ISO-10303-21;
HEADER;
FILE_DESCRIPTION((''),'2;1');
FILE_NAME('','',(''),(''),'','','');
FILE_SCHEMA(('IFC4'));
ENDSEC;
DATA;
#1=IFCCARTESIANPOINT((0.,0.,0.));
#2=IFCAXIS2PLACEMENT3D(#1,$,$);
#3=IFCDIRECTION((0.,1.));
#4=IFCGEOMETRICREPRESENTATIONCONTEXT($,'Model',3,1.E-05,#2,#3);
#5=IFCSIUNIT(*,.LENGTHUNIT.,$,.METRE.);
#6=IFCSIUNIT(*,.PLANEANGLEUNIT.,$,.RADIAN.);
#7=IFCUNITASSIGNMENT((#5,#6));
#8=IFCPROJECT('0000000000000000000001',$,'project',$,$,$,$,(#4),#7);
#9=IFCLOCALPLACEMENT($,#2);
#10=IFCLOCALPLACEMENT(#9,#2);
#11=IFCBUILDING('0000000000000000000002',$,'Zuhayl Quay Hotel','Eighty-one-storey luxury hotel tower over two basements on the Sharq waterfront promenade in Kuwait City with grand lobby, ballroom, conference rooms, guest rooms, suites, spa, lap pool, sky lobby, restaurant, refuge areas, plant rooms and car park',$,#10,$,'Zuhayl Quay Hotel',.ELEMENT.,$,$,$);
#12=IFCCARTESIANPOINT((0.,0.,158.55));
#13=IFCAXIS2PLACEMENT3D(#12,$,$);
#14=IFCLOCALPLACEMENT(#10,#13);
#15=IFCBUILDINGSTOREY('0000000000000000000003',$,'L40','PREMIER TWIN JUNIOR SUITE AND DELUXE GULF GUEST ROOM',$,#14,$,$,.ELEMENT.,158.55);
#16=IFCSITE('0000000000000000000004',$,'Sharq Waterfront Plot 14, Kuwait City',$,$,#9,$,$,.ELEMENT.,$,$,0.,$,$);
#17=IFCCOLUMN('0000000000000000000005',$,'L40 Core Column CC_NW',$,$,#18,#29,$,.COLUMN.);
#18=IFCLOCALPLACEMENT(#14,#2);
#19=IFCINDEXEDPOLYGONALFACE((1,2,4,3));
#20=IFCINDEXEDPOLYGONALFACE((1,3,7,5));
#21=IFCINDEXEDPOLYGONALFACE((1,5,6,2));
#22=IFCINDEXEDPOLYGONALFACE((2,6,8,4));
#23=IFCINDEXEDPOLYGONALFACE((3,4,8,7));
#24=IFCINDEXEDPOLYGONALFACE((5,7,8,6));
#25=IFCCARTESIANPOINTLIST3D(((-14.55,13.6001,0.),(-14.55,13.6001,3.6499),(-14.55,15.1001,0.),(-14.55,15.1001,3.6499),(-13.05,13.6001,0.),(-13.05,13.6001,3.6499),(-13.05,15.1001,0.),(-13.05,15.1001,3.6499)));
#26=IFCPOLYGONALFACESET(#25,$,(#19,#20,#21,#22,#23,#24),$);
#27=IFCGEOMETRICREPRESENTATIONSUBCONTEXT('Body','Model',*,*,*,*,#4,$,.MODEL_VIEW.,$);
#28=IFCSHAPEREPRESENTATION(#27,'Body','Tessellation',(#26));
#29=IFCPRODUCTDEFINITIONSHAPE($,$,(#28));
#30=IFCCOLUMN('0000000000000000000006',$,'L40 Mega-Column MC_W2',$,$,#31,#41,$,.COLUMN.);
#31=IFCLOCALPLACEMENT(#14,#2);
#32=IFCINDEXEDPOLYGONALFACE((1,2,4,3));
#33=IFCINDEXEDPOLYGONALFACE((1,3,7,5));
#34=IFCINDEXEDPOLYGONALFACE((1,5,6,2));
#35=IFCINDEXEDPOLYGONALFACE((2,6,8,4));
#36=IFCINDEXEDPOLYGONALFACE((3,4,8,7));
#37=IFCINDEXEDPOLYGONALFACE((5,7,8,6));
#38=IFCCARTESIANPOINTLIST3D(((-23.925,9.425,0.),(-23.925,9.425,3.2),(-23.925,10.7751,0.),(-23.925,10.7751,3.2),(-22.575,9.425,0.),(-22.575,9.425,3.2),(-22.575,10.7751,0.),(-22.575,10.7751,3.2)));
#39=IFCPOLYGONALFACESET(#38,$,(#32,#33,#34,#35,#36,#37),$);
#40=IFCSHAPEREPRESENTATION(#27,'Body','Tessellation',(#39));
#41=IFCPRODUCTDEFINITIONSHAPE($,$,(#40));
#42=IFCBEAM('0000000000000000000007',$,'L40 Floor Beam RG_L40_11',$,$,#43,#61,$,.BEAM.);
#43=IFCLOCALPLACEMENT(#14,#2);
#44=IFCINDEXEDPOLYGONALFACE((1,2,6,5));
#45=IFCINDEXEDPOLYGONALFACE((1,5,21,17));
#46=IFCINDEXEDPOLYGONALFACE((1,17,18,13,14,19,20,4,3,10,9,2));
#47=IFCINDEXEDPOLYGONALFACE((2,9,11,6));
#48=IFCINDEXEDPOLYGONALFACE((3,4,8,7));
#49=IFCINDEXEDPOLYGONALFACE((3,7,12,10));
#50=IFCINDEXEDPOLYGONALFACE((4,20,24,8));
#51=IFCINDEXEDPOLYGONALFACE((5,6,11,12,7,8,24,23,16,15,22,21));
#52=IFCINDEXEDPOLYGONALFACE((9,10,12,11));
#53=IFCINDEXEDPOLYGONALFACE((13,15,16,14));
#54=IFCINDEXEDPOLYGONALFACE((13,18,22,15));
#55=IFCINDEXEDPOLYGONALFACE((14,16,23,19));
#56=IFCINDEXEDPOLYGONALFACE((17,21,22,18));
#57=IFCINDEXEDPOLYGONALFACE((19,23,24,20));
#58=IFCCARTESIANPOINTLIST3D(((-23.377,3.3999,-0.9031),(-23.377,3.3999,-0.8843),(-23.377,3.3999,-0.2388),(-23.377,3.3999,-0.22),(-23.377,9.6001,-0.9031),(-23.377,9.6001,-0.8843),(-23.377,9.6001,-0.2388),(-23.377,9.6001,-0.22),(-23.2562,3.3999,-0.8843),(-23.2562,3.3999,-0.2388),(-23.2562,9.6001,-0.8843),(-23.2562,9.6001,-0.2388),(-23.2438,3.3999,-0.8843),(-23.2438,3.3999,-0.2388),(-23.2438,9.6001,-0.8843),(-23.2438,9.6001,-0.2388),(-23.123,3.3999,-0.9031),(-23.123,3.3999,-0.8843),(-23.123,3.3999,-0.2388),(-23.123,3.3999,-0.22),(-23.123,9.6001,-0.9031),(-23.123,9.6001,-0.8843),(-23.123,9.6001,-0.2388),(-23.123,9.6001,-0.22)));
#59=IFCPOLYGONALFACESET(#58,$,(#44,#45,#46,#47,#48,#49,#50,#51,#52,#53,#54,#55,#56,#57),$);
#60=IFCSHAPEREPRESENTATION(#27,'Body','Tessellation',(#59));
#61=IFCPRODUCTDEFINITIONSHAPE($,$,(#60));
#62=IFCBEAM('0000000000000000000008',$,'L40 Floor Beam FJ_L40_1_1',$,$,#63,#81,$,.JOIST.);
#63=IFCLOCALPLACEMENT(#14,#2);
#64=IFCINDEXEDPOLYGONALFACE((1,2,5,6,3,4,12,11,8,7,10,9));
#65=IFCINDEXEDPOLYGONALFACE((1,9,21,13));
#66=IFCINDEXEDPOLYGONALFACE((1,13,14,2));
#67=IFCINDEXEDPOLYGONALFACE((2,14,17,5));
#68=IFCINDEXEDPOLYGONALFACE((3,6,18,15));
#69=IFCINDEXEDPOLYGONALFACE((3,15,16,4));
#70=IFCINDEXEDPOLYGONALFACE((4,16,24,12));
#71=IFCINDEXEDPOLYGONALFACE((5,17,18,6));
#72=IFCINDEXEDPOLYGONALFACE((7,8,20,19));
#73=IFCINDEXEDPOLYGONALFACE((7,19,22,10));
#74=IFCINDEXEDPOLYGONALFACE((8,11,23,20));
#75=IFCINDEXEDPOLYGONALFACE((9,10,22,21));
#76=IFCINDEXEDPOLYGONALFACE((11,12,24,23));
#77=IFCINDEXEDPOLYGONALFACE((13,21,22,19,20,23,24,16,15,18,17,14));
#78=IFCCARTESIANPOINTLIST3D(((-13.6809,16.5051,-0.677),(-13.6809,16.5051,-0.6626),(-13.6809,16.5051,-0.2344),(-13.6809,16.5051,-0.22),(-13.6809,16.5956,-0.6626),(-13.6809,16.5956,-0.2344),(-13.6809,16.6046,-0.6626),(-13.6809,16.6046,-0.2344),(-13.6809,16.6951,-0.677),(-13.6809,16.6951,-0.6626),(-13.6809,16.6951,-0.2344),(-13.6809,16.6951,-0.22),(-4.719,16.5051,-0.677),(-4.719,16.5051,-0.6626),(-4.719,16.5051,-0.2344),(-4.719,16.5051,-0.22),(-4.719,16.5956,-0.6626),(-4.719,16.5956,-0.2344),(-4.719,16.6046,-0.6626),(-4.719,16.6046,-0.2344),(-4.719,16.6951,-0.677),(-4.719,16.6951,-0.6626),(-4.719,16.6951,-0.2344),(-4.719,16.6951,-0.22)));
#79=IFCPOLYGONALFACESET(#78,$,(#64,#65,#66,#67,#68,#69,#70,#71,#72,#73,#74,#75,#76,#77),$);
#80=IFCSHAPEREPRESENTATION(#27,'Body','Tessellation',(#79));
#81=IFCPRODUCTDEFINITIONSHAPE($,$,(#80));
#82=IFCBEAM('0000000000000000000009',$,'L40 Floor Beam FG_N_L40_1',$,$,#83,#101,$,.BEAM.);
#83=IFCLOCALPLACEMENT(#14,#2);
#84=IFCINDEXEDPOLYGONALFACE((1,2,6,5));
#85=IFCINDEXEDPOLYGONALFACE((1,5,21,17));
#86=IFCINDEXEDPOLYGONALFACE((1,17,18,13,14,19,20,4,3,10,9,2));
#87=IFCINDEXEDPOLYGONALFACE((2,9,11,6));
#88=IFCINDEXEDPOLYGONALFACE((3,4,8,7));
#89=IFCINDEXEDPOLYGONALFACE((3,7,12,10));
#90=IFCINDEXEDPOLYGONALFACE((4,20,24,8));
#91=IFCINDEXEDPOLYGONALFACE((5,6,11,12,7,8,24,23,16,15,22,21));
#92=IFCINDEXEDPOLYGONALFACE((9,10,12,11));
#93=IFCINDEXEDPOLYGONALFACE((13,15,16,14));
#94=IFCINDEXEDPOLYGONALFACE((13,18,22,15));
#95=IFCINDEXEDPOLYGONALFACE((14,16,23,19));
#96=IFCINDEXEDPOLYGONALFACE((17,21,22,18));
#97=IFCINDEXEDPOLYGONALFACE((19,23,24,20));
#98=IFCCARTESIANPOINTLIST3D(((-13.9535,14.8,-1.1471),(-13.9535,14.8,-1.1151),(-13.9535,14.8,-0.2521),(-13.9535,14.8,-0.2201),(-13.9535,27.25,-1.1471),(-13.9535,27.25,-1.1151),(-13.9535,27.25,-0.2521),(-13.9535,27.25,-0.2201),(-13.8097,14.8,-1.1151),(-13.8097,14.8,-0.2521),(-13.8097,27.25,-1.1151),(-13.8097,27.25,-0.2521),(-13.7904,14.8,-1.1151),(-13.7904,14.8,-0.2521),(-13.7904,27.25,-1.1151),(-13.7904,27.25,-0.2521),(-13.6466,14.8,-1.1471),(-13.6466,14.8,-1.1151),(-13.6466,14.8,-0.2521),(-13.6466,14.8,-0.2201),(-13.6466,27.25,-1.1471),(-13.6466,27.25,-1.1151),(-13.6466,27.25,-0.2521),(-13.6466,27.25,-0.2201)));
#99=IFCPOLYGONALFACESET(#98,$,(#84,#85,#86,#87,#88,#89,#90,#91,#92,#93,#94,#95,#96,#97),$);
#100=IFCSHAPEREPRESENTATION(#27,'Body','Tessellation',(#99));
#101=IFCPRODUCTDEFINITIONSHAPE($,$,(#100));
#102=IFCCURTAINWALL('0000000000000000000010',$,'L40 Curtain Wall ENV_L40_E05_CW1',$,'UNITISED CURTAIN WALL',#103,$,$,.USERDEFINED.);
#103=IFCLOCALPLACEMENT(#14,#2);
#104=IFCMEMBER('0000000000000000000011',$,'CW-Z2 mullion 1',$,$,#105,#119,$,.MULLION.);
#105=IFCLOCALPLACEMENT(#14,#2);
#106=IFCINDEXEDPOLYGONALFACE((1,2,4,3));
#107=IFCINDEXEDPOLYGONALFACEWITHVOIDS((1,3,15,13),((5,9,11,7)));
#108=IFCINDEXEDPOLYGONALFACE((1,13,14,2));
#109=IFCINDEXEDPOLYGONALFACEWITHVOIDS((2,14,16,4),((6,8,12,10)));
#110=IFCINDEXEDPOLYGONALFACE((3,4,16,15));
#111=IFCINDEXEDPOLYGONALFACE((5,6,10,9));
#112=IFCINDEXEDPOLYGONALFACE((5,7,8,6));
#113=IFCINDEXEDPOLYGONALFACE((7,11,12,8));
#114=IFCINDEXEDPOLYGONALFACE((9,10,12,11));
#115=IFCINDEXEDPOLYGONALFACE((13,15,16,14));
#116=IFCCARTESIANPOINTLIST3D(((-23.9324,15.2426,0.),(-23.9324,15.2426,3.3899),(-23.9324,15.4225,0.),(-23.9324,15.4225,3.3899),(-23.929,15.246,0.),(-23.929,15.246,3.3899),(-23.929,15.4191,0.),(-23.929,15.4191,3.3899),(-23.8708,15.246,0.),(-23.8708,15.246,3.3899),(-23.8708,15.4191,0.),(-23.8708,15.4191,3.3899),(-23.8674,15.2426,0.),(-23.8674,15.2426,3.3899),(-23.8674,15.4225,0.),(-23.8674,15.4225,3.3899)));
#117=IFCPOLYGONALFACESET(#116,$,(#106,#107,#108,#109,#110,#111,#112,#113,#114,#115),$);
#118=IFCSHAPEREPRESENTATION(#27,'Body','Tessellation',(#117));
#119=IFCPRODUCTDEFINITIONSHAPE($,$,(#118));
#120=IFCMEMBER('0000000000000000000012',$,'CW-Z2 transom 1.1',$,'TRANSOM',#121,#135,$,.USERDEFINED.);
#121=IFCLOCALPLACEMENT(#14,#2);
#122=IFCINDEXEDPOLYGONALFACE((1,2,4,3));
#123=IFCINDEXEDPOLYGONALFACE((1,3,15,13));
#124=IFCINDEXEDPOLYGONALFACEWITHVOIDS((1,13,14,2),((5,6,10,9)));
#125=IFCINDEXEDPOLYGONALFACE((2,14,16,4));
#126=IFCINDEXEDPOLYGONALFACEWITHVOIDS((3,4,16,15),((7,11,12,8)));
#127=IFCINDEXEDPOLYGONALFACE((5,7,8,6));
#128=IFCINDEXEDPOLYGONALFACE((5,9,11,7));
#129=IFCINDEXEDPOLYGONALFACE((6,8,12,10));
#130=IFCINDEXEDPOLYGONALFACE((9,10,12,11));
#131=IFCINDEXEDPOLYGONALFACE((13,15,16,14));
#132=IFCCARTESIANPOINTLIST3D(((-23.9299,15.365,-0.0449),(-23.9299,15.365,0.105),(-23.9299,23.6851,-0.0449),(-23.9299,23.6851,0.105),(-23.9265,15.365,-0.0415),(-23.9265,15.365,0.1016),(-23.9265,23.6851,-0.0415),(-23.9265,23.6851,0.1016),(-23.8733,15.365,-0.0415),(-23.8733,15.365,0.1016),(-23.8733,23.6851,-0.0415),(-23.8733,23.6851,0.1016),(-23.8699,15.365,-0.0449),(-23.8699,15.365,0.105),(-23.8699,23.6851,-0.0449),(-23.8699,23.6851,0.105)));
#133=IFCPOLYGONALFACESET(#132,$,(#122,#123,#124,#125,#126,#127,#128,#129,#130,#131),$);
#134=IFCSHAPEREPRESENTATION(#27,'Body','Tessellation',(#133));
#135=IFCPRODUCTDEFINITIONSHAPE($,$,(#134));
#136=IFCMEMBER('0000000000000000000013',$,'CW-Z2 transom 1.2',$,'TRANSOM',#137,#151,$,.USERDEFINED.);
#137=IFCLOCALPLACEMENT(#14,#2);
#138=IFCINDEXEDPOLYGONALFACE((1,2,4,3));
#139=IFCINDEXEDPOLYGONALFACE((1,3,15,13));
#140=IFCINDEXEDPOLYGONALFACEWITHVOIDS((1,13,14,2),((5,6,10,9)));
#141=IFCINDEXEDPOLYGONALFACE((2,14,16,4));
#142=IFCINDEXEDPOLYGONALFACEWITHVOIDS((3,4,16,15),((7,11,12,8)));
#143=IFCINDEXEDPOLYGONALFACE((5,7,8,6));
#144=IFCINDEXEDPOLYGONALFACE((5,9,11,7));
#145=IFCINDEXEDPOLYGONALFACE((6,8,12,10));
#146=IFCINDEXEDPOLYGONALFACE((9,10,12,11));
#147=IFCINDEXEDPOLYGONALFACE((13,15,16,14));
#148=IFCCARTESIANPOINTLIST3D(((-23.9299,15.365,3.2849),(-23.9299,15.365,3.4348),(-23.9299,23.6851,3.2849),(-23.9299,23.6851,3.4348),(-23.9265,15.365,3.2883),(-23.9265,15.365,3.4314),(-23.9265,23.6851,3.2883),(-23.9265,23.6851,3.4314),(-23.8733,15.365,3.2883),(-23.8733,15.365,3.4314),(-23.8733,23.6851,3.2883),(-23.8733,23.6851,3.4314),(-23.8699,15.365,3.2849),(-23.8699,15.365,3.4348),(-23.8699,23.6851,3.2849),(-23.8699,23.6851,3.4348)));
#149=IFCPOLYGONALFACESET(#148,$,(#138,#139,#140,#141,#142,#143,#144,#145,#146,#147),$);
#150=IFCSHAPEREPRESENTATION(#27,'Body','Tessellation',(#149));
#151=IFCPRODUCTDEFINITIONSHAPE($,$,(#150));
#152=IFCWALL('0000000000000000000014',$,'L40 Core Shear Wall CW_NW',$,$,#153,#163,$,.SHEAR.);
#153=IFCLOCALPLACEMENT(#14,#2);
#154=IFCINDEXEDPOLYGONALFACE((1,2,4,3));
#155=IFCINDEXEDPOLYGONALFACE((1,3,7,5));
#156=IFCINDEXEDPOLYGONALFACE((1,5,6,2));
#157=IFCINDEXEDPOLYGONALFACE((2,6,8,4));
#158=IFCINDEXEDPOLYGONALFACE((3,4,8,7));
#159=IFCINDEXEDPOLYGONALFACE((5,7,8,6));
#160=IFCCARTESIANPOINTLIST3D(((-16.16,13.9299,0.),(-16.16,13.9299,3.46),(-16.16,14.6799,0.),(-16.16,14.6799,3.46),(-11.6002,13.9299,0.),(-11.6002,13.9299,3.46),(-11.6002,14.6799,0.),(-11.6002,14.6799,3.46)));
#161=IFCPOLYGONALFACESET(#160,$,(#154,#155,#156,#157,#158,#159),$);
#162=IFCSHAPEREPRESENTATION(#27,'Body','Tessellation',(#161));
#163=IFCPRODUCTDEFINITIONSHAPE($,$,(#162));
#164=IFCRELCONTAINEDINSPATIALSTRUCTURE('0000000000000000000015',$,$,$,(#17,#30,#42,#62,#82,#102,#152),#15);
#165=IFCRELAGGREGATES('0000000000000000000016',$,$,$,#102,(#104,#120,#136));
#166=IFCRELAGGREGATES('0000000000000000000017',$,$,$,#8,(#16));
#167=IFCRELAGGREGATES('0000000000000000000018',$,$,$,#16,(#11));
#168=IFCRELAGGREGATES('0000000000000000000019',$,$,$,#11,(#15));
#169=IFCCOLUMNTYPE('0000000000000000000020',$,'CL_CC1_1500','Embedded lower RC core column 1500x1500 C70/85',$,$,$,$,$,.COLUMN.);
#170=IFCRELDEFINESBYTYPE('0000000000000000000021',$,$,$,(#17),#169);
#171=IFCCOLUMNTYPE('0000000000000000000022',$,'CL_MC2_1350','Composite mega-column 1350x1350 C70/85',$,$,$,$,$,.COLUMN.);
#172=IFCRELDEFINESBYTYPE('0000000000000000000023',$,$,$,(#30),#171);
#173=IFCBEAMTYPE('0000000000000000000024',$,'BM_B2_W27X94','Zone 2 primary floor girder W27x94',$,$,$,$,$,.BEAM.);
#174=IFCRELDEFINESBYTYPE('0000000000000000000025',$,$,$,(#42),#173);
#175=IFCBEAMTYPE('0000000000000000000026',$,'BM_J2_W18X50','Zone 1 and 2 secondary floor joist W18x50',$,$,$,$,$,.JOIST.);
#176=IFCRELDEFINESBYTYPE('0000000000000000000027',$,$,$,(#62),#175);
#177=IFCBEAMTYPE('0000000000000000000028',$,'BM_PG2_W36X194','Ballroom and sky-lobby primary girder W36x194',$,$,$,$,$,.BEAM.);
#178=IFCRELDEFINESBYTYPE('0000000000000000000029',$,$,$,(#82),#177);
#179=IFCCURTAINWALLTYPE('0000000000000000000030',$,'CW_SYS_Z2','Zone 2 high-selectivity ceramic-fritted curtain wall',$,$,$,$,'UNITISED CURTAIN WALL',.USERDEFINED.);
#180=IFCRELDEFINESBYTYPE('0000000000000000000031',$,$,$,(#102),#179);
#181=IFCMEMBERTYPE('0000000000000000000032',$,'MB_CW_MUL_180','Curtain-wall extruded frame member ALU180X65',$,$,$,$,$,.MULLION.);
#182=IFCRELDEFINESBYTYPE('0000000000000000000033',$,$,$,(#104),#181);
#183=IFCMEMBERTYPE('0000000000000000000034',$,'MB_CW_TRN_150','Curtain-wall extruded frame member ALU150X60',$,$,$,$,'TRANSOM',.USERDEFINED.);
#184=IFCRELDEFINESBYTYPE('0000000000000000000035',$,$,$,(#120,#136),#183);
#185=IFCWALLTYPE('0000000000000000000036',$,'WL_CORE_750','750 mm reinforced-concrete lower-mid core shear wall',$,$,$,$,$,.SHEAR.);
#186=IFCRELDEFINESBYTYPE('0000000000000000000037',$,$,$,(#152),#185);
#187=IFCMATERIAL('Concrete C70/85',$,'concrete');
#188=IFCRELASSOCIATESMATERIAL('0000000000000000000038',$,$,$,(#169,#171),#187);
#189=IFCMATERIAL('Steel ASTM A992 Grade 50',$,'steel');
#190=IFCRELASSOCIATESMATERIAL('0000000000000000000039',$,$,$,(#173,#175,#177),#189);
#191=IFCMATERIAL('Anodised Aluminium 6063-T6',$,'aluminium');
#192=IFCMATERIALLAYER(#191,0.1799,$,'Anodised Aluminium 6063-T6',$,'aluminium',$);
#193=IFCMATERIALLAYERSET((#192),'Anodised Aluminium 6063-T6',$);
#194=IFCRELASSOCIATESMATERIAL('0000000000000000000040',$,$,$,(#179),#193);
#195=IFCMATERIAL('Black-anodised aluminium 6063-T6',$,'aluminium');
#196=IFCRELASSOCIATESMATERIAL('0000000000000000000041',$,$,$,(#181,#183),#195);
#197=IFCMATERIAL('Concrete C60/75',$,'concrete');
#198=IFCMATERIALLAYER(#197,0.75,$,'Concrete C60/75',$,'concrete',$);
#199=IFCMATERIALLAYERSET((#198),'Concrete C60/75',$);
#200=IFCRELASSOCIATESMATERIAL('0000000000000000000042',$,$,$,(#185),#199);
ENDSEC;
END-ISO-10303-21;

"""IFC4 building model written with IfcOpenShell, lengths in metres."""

from ifc_helpers import new_model, si_unit, direction, frame, frame_2d, origin, origin_2d, place, context, subcontext, project, spatial, rectangle, hollow_rectangle, i_section, extrude, material, layer, layer_set, material_profile, profile_set, type_object, element, aggregate, save


model = new_model("IFC4")

# Units and contexts
model_context = context("Model", 3, precision=1e-05, world=origin(), true_north=direction((0.0, 1.0)))
body_context = subcontext(model_context, "Body", "Model", "MODEL_VIEW")
ifc_project = project(units=[si_unit("LENGTHUNIT", "METRE"), si_unit("PLANEANGLEUNIT", "RADIAN")], contexts=[model_context])

# Site, building, storey
site_placement = place(None, origin())
site = spatial("IfcSite", under=ifc_project, at=site_placement, Name="Sharq Waterfront Plot 14, Kuwait City", CompositionType="ELEMENT", RefElevation=0.0)
building_placement = place(site_placement, origin())
building = spatial("IfcBuilding", under=site, at=building_placement, Name="Zuhayl Quay Hotel", Description="Eighty-one-storey luxury hotel tower over two basements on the Sharq waterfront promenade in Kuwait City with grand lobby, ballroom, conference rooms, guest rooms, suites, spa, lap pool, sky lobby, restaurant, refuge areas, plant rooms and car park", LongName="Zuhayl Quay Hotel", CompositionType="ELEMENT")
storey_placement = place(building_placement, frame((0.0, 0.0, 158.55)))
storey = spatial("IfcBuildingStorey", under=building, at=storey_placement, Name="L40", Description="PREMIER TWIN JUNIOR SUITE AND DELUXE GULF GUEST ROOM", CompositionType="ELEMENT", Elevation=158.55)

# Columns
ifc_material_1 = material(Name="Concrete C70/85", Category="concrete")
ifc_material_profile_1 = material_profile(ifc_material_1, rectangle(XDim=1.5, YDim=1.5, at=origin_2d()), Name="RC1500X1500")
ifc_profile_set_1 = profile_set([ifc_material_profile_1], Name="Concrete C70/85")
column_type_1 = type_object("IfcColumnType", Name="CL_CC1_1500", Description="Embedded lower RC core column 1500x1500 C70/85", PredefinedType="COLUMN", material=ifc_profile_set_1)
column_1_placement = place(storey_placement, frame((-13.8, 14.3501, 0.0), z_axis=(0.0, 0.0, 1.0), x_axis=(1.0, 0.0, 0.0)))
element("IfcColumn", 1, at=column_1_placement, inside=storey, type_object=column_type_1, Name="L40 Core Column CC_NW", PredefinedType="COLUMN", context=body_context, shape_type="SweptSolid", body=[
    extrude(rectangle(XDim=1.5, YDim=1.5, at=origin_2d()), origin(), (0.0, 0.0, 1.0), 3.6499),
])
ifc_material_profile_2 = material_profile(ifc_material_1, rectangle(XDim=1.3501, YDim=1.3501, at=origin_2d()), Name="RC1350X1350")
ifc_profile_set_2 = profile_set([ifc_material_profile_2], Name="Concrete C70/85")
column_type_2 = type_object("IfcColumnType", Name="CL_MC2_1350", Description="Composite mega-column 1350x1350 C70/85", PredefinedType="COLUMN", material=ifc_profile_set_2)
column_2_placement = place(storey_placement, frame((-23.25, 10.1001, 0.0), z_axis=(0.0, 0.0, 1.0), x_axis=(1.0, 0.0, 0.0)))
element("IfcColumn", 2, at=column_2_placement, inside=storey, type_object=column_type_2, Name="L40 Mega-Column MC_W2", PredefinedType="COLUMN", context=body_context, shape_type="SweptSolid", body=[
    extrude(rectangle(XDim=1.3501, YDim=1.3501, at=origin_2d()), origin(), (0.0, 0.0, 1.0), 3.2),
])

# Beams
ifc_material_2 = material(Name="Steel ASTM A992 Grade 50", Category="steel")
ifc_material_profile_3 = material_profile(ifc_material_2, i_section(OverallWidth=0.2539, OverallDepth=0.6831, WebThickness=0.0125, FlangeThickness=0.0188, at=origin_2d()), Name="W27X94")
ifc_profile_set_3 = profile_set([ifc_material_profile_3], Name="Steel ASTM A992 Grade 50")
beam_type_1 = type_object("IfcBeamType", Name="BM_B2_W27X94", Description="Zone 2 primary floor girder W27x94", PredefinedType="BEAM", material=ifc_profile_set_3)
beam_1_placement = place(storey_placement, frame((-23.25, 9.6001, -0.5615), z_axis=(0.0, -1.0, 0.0), x_axis=(1.0, 0.0, 0.0)))
element("IfcBeam", 3, at=beam_1_placement, inside=storey, type_object=beam_type_1, Name="L40 Floor Beam RG_L40_11", PredefinedType="BEAM", context=body_context, shape_type="SweptSolid", body=[
    extrude(i_section(OverallWidth=0.2539, OverallDepth=0.6831, WebThickness=0.0125, FlangeThickness=0.0188, at=origin_2d()), origin(), (0.0, 0.0, 1.0), 6.2002),
])
ifc_material_profile_4 = material_profile(ifc_material_2, i_section(OverallWidth=0.1899, OverallDepth=0.457, WebThickness=0.009, FlangeThickness=0.0144, at=origin_2d()), Name="W18X50")
ifc_profile_set_4 = profile_set([ifc_material_profile_4], Name="Steel ASTM A992 Grade 50")
beam_type_2 = type_object("IfcBeamType", Name="BM_J2_W18X50", Description="Zone 1 and 2 secondary floor joist W18x50", PredefinedType="JOIST", material=ifc_profile_set_4)
beam_2_placement = place(storey_placement, frame((-13.6809, 16.6001, -0.4485), z_axis=(1.0, 0.0, 0.0), x_axis=(0.0, 1.0, 0.0)))
element("IfcBeam", 4, at=beam_2_placement, inside=storey, type_object=beam_type_2, Name="L40 Floor Beam FJ_L40_1_1", PredefinedType="JOIST", context=body_context, shape_type="SweptSolid", body=[
    extrude(i_section(OverallWidth=0.1899, OverallDepth=0.457, WebThickness=0.009, FlangeThickness=0.0144, at=origin_2d()), origin(), (0.0, 0.0, 1.0), 8.9619),
])
ifc_material_profile_5 = material_profile(ifc_material_2, i_section(OverallWidth=0.3069, OverallDepth=0.927, WebThickness=0.0193, FlangeThickness=0.032, at=origin_2d()), Name="W36X194")
ifc_profile_set_5 = profile_set([ifc_material_profile_5], Name="Steel ASTM A992 Grade 50")
beam_type_3 = type_object("IfcBeamType", Name="BM_PG2_W36X194", Description="Ballroom and sky-lobby primary girder W36x194", PredefinedType="BEAM", material=ifc_profile_set_5)
beam_3_placement = place(storey_placement, frame((-13.8, 14.8, -0.6836), z_axis=(0.0, 1.0, 0.0), x_axis=(-1.0, 0.0, 0.0)))
element("IfcBeam", 5, at=beam_3_placement, inside=storey, type_object=beam_type_3, Name="L40 Floor Beam FG_N_L40_1", PredefinedType="BEAM", context=body_context, shape_type="SweptSolid", body=[
    extrude(i_section(OverallWidth=0.3069, OverallDepth=0.927, WebThickness=0.0193, FlangeThickness=0.032, at=origin_2d()), origin(), (0.0, 0.0, 1.0), 12.45),
])

# Curtain wall, members
ifc_material_3 = material(Name="Anodised Aluminium 6063-T6", Category="aluminium")
ifc_layer_1 = layer(ifc_material_3, 0.1799, Name="Anodised Aluminium 6063-T6", Category="aluminium")
ifc_layer_set_1 = layer_set([ifc_layer_1], Name="Anodised Aluminium 6063-T6")
curtain_wall_type = type_object("IfcCurtainWallType", Name="CW_SYS_Z2", Description="Zone 2 high-selectivity ceramic-fritted curtain wall", ElementType="UNITISED CURTAIN WALL", PredefinedType="USERDEFINED", material=ifc_layer_set_1)
curtain_wall_placement = place(storey_placement, origin())
curtain_wall = element("IfcCurtainWall", 6, at=curtain_wall_placement, inside=storey, type_object=curtain_wall_type, Name="L40 Curtain Wall ENV_L40_E05_CW1", ObjectType="UNITISED CURTAIN WALL", PredefinedType="USERDEFINED")
ifc_material_4 = material(Name="Black-anodised aluminium 6063-T6", Category="aluminium")
ifc_material_profile_6 = material_profile(ifc_material_4, hollow_rectangle(XDim=0.0649, YDim=0.1799, WallThickness=0.0034, at=origin_2d()), Name="ALU180X65")
ifc_profile_set_6 = profile_set([ifc_material_profile_6], Name="Black-anodised aluminium 6063-T6")
member_type_1 = type_object("IfcMemberType", Name="MB_CW_MUL_180", Description="Curtain-wall extruded frame member ALU180X65", PredefinedType="MULLION", material=ifc_profile_set_6)
member_1_placement = place(storey_placement, frame((-23.8999, 15.3325, 0.0), z_axis=(0.0, 0.0, 1.0), x_axis=(-1.0, 0.0, 0.0)))
member_1 = element("IfcMember", 7, at=member_1_placement, type_object=member_type_1, Name="CW-Z2 mullion 1", PredefinedType="MULLION", context=body_context, shape_type="SweptSolid", body=[
    extrude(hollow_rectangle(XDim=0.0649, YDim=0.1799, WallThickness=0.0034, at=origin_2d()), origin(), (0.0, 0.0, 1.0), 3.3899),
])
ifc_material_profile_7 = material_profile(ifc_material_4, hollow_rectangle(XDim=0.0601, YDim=0.1499, WallThickness=0.0034, at=origin_2d()), Name="ALU150X60")
ifc_profile_set_7 = profile_set([ifc_material_profile_7], Name="Black-anodised aluminium 6063-T6")
member_type_2 = type_object("IfcMemberType", Name="MB_CW_TRN_150", Description="Curtain-wall extruded frame member ALU150X60", ElementType="TRANSOM", PredefinedType="USERDEFINED", material=ifc_profile_set_7)
member_2_placement = place(storey_placement, frame((-23.8999, 15.365, 0.03), z_axis=(0.0, 1.0, 0.0), x_axis=(-1.0, 0.0, 0.0)))
member_2 = element("IfcMember", 8, at=member_2_placement, type_object=member_type_2, Name="CW-Z2 transom 1.1", ObjectType="TRANSOM", PredefinedType="USERDEFINED", context=body_context, shape_type="SweptSolid", body=[
    extrude(hollow_rectangle(XDim=0.0601, YDim=0.1499, WallThickness=0.0034, at=origin_2d()), origin(), (0.0, 0.0, 1.0), 8.3201),
])
member_3_placement = place(storey_placement, frame((-23.8999, 15.365, 3.3599), z_axis=(0.0, 1.0, 0.0), x_axis=(-1.0, 0.0, 0.0)))
member_3 = element("IfcMember", 9, at=member_3_placement, type_object=member_type_2, Name="CW-Z2 transom 1.2", ObjectType="TRANSOM", PredefinedType="USERDEFINED", context=body_context, shape_type="SweptSolid", body=[
    extrude(hollow_rectangle(XDim=0.0601, YDim=0.1499, WallThickness=0.0034, at=origin_2d()), origin(), (0.0, 0.0, 1.0), 8.3201),
])
aggregate(curtain_wall, [member_1, member_2, member_3])

# Wall
ifc_material_5 = material(Name="Concrete C60/75", Category="concrete")
ifc_layer_2 = layer(ifc_material_5, 0.75, Name="Concrete C60/75", Category="concrete")
ifc_layer_set_2 = layer_set([ifc_layer_2], Name="Concrete C60/75")
wall_type_1 = type_object("IfcWallType", Name="WL_CORE_750", Description="750 mm reinforced-concrete lower-mid core shear wall", PredefinedType="SHEAR", material=ifc_layer_set_2)
wall_1_placement = place(storey_placement, frame((-16.1599, 14.3049, 0.0), z_axis=(0.0, 0.0, 1.0), x_axis=(1.0, 0.0, 0.0)))
element("IfcWall", 10, at=wall_1_placement, inside=storey, type_object=wall_type_1, Name="L40 Core Shear Wall CW_NW", PredefinedType="SHEAR", context=body_context, shape_type="SweptSolid", body=[
    extrude(rectangle(XDim=4.5598, YDim=0.75, at=frame_2d((2.2798, 0.0))), origin(), (0.0, 0.0, 1.0), 3.46),
])

save(model, "model.ifc")
